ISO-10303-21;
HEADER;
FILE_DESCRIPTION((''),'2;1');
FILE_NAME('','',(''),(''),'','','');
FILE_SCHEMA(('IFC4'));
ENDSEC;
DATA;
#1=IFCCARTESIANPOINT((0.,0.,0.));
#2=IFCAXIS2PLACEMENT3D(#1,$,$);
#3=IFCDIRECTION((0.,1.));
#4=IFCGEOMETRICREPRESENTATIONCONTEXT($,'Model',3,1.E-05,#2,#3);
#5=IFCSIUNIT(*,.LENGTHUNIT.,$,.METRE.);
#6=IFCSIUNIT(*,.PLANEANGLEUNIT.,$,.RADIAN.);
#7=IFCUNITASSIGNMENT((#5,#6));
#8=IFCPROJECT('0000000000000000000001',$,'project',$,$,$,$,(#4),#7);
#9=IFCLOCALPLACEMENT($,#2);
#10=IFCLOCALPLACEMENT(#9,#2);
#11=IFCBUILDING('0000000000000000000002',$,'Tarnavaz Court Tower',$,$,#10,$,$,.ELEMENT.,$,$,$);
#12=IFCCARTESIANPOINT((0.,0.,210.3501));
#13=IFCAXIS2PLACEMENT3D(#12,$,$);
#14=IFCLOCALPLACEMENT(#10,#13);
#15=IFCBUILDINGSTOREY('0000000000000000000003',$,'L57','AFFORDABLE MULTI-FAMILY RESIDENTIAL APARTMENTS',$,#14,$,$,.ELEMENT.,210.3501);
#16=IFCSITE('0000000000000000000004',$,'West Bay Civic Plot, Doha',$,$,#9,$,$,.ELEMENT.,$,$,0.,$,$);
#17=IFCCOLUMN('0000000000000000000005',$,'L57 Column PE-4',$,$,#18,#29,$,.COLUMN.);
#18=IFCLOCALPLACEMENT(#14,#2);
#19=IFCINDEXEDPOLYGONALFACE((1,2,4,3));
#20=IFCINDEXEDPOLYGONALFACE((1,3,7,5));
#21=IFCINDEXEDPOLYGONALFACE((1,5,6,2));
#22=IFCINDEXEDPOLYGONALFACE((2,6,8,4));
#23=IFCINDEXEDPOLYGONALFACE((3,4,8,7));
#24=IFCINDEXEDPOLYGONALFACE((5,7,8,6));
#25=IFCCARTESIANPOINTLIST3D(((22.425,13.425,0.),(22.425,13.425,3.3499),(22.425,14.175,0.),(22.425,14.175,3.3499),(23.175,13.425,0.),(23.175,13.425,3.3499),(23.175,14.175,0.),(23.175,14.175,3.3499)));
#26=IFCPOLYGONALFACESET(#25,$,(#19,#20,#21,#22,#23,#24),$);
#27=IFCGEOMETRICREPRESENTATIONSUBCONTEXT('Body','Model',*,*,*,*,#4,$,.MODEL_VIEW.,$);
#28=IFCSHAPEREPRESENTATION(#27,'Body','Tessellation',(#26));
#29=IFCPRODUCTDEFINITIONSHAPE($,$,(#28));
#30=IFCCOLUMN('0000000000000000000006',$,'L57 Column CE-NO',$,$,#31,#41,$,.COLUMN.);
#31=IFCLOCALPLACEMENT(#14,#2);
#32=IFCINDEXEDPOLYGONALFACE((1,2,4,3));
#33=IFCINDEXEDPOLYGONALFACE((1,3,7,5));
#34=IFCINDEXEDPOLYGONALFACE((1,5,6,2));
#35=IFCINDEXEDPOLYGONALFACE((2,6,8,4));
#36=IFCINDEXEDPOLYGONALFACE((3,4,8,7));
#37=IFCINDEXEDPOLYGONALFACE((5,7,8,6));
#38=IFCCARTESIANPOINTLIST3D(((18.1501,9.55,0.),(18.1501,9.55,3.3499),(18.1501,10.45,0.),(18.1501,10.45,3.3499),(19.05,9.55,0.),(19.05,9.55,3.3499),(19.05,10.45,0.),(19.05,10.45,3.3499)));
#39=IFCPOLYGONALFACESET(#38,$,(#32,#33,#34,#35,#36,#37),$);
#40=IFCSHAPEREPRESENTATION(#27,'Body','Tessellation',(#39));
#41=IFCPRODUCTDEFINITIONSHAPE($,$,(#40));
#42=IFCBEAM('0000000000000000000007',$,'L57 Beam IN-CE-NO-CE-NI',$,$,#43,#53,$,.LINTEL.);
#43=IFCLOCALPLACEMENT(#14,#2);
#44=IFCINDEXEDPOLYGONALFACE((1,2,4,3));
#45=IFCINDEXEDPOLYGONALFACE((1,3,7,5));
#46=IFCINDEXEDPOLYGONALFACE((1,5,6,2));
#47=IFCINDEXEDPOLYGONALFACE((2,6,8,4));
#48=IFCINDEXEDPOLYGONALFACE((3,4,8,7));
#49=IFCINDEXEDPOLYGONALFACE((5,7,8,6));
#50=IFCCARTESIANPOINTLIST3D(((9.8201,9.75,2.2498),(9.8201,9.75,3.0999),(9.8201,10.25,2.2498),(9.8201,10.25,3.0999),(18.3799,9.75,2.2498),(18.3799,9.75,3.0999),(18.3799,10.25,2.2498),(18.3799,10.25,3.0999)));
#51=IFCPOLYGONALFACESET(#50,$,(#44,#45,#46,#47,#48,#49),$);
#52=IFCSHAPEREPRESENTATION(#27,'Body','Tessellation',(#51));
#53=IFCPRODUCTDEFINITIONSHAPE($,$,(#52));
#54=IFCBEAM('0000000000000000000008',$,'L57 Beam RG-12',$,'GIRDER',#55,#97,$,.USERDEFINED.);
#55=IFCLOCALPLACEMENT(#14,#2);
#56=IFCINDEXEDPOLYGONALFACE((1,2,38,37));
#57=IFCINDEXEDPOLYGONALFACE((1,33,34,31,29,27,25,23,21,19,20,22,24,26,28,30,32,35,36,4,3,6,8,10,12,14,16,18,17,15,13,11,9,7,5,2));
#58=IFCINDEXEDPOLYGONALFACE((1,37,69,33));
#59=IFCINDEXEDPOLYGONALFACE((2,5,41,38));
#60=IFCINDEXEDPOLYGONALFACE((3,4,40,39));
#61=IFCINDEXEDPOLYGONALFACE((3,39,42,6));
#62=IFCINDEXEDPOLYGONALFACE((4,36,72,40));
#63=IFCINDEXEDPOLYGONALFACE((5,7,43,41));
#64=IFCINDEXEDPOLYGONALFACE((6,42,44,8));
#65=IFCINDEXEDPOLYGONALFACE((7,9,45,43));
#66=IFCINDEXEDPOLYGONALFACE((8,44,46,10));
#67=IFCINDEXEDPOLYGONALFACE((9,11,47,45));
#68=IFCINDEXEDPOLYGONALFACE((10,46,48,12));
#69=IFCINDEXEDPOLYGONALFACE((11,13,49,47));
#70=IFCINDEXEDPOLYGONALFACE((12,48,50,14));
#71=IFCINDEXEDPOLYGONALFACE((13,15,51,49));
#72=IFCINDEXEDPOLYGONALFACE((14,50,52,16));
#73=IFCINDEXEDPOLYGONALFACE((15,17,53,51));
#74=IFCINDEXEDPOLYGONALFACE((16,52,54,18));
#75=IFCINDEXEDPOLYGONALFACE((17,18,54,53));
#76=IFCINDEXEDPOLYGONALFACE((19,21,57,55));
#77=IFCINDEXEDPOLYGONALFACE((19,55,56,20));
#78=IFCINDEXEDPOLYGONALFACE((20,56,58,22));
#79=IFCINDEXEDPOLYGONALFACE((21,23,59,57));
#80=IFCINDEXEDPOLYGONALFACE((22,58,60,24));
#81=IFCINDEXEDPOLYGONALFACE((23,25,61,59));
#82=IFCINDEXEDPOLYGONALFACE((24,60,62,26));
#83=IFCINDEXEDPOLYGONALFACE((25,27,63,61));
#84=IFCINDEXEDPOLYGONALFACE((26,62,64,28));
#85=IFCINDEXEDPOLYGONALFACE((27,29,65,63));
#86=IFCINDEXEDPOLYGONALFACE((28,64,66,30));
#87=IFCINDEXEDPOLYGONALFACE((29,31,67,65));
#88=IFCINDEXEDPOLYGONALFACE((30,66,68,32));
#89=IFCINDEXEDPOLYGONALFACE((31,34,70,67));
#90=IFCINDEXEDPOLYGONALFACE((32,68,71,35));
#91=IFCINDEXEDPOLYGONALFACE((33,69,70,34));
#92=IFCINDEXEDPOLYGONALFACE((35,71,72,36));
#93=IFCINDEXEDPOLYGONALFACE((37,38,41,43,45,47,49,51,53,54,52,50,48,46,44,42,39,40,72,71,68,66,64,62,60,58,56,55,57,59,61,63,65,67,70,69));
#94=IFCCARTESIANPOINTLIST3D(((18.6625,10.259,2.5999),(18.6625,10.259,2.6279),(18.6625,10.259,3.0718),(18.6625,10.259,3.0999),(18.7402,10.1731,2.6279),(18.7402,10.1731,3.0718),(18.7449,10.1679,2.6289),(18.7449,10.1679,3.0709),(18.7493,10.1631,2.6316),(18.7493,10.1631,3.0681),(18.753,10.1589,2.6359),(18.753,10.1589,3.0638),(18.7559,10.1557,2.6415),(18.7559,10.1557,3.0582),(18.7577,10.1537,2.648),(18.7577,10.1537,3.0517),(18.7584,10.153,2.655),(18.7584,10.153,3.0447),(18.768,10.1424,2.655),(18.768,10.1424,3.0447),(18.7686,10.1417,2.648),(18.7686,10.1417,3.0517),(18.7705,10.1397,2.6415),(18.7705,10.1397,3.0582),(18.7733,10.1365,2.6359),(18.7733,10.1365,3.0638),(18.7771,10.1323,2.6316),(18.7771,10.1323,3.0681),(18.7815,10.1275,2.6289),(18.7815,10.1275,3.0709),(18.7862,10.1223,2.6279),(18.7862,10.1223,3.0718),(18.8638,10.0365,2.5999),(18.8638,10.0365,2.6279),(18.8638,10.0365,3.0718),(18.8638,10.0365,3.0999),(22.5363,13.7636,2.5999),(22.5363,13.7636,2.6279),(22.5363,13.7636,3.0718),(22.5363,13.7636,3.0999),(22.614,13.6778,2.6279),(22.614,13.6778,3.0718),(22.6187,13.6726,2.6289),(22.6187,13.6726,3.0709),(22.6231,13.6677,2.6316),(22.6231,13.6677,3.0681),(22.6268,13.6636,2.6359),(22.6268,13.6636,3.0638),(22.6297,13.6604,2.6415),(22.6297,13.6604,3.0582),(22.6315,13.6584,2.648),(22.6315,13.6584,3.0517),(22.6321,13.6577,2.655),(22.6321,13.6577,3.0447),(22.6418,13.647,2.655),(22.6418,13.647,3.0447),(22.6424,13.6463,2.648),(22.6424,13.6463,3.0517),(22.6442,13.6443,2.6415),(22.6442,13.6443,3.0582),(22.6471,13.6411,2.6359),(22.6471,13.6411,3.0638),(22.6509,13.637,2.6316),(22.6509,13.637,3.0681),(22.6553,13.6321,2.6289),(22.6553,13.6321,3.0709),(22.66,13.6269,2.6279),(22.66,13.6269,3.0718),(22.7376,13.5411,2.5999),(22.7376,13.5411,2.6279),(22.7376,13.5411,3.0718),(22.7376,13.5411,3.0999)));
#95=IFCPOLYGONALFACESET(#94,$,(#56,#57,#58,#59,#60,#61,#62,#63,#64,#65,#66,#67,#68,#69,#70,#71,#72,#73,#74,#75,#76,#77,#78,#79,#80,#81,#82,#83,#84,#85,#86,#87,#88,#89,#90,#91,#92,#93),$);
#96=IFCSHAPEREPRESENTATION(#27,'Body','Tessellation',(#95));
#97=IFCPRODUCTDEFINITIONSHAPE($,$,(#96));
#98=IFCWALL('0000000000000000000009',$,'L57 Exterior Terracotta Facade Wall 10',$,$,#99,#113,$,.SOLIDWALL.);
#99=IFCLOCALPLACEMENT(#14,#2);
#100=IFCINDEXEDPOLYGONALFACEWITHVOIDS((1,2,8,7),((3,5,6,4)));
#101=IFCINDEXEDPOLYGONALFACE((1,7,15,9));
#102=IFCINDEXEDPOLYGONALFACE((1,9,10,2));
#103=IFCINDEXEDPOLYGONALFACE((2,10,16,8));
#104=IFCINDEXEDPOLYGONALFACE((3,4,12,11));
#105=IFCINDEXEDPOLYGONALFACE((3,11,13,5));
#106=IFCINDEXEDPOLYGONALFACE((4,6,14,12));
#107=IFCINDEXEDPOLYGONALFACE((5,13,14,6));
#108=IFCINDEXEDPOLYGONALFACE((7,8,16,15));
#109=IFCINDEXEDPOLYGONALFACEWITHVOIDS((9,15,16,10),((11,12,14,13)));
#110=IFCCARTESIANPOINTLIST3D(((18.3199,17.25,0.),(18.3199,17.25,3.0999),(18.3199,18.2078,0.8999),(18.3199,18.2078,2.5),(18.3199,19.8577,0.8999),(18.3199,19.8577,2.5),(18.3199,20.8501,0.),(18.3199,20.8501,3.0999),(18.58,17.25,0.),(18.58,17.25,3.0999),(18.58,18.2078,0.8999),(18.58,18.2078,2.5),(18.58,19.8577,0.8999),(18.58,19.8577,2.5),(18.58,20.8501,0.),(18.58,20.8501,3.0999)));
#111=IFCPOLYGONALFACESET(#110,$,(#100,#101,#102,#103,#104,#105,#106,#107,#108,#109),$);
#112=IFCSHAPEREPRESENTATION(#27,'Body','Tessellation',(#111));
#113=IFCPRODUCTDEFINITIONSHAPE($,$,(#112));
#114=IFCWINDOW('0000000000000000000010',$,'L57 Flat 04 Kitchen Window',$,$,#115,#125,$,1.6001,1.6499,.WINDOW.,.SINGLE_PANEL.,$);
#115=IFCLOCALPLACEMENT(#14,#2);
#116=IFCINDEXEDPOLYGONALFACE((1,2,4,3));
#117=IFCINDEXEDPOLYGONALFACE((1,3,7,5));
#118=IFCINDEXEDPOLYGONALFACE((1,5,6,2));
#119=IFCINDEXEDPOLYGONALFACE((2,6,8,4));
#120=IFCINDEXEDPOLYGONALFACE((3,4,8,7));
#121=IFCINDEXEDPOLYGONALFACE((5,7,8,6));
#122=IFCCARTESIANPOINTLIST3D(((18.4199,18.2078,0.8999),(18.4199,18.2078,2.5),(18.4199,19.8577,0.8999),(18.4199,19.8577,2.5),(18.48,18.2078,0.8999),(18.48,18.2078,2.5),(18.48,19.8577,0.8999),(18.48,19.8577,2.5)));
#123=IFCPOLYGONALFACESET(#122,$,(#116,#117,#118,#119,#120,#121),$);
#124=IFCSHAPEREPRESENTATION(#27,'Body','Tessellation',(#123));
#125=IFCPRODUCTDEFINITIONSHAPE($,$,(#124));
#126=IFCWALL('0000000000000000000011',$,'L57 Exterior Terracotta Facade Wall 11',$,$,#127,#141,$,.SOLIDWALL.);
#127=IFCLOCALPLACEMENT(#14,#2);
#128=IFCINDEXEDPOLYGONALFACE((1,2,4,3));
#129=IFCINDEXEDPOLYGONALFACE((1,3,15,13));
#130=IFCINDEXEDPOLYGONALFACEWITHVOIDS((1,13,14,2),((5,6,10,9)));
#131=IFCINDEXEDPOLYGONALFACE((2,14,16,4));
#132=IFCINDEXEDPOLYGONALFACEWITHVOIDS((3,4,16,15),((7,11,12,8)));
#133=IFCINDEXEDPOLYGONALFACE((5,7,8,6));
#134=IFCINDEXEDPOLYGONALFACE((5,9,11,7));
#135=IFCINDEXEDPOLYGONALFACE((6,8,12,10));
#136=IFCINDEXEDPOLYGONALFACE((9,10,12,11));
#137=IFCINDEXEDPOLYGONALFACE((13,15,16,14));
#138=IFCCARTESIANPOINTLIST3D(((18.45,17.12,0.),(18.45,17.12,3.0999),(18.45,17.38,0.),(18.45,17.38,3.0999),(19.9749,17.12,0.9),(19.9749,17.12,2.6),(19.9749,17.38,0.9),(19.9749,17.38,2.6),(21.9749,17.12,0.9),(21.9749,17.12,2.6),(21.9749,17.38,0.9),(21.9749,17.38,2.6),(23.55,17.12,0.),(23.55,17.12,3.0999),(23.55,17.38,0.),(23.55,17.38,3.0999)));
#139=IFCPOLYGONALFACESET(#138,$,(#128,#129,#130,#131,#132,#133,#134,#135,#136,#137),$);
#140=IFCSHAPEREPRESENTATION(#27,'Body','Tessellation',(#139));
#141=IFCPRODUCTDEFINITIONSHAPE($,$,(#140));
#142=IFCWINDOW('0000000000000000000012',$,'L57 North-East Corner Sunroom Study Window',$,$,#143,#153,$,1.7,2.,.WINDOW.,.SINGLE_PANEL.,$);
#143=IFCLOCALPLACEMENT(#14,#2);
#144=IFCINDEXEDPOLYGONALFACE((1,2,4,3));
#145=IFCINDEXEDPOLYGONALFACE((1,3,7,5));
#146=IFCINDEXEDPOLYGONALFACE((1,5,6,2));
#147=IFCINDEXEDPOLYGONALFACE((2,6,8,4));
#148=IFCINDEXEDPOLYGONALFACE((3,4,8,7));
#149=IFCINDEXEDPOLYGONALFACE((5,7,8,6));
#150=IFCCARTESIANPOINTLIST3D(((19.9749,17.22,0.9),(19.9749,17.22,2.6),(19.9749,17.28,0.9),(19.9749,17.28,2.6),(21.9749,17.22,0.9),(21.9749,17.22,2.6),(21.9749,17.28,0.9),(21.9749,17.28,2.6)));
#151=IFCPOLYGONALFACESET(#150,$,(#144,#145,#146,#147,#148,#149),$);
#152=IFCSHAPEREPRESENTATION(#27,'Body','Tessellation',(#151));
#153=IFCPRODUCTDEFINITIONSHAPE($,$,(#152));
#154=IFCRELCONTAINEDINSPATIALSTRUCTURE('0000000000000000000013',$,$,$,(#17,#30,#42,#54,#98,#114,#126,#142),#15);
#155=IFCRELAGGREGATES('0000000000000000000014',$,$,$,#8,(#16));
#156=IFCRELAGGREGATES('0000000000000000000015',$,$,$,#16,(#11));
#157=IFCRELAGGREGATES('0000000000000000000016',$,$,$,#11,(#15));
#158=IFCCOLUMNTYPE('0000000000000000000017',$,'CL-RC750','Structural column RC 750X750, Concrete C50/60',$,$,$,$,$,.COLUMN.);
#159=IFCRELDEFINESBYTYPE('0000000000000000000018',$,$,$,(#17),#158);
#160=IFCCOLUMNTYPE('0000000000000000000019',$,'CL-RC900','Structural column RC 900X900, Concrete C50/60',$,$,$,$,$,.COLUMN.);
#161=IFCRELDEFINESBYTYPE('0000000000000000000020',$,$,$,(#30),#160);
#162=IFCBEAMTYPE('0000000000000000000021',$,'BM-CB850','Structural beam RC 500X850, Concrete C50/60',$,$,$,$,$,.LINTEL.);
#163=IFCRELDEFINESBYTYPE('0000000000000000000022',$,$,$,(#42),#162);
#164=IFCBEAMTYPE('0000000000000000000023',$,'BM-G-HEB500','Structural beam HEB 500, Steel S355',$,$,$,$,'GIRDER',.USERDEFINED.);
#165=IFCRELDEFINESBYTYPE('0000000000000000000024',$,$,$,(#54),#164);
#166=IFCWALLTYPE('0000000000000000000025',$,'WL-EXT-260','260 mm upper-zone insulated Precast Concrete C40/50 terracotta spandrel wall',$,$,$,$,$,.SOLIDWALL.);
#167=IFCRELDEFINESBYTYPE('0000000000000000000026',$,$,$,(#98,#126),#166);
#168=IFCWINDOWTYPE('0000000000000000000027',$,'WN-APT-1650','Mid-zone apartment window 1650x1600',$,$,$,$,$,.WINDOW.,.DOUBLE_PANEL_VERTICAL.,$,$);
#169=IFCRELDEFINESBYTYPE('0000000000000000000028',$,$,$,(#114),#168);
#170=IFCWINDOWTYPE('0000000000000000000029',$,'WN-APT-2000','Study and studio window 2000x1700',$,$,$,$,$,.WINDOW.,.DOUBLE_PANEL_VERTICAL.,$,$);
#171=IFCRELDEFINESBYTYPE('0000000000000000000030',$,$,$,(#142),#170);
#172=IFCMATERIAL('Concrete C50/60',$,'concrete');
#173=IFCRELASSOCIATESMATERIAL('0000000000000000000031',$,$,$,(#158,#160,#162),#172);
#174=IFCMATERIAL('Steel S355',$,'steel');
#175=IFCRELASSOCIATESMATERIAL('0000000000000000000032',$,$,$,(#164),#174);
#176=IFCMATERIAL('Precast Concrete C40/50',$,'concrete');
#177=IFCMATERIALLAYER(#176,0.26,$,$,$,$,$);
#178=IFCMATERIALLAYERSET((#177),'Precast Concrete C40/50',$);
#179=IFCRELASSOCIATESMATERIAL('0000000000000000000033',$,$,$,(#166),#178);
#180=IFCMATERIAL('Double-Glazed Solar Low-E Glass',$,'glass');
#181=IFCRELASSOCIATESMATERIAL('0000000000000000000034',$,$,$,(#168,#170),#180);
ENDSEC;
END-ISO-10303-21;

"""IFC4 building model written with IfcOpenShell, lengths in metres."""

from ifc_helpers import new_model, si_unit, direction, frame, frame_2d, origin, origin_2d, place, context, subcontext, project, spatial, rectangle, i_section, extrude, material, layer, layer_set, material_profile, profile_set, type_object, element, fill, save


model = new_model("IFC4")

# Units and contexts
model_context = context("Model", 3, precision=1e-05, world=origin(), true_north=direction((0.0, 1.0)))
body_context = subcontext(model_context, "Body", "Model", "MODEL_VIEW")
ifc_project = project(units=[si_unit("LENGTHUNIT", "METRE"), si_unit("PLANEANGLEUNIT", "RADIAN")], contexts=[model_context])

# Site, building, storey
site_placement = place(None, origin())
site = spatial("IfcSite", under=ifc_project, at=site_placement, Name="West Bay Civic Plot, Doha", CompositionType="ELEMENT", RefElevation=0.0)
building_placement = place(site_placement, origin())
building = spatial("IfcBuilding", under=site, at=building_placement, Name="Tarnavaz Court Tower", CompositionType="ELEMENT")
storey_placement = place(building_placement, frame((0.0, 0.0, 210.3501)))
storey = spatial("IfcBuildingStorey", under=building, at=storey_placement, Name="L57", Description="AFFORDABLE MULTI-FAMILY RESIDENTIAL APARTMENTS", CompositionType="ELEMENT", Elevation=210.3501)

# Columns
ifc_material_1 = material(Name="Concrete C50/60", Category="concrete")
ifc_material_profile_1 = material_profile(ifc_material_1, rectangle(XDim=0.75, YDim=0.75, at=origin_2d()), Name="RC 750X750")
ifc_profile_set_1 = profile_set([ifc_material_profile_1], Name="Concrete C50/60")
column_type_1 = type_object("IfcColumnType", Name="CL-RC750", Description="Structural column RC 750X750, Concrete C50/60", PredefinedType="COLUMN", material=ifc_profile_set_1)
column_1_placement = place(storey_placement, frame((22.8, 13.8, 0.0), z_axis=(0.0, 0.0, 1.0), x_axis=(1.0, 0.0, 0.0)))
element("IfcColumn", 1, at=column_1_placement, inside=storey, type_object=column_type_1, Name="L57 Column PE-4", PredefinedType="COLUMN", context=body_context, shape_type="SweptSolid", body=[
    extrude(rectangle(XDim=0.75, YDim=0.75, at=origin_2d()), origin(), (0.0, 0.0, 1.0), 3.3499),
])
ifc_material_profile_2 = material_profile(ifc_material_1, rectangle(XDim=0.8999, YDim=0.8999, at=origin_2d()), Name="RC 900X900")
ifc_profile_set_2 = profile_set([ifc_material_profile_2], Name="Concrete C50/60")
column_type_2 = type_object("IfcColumnType", Name="CL-RC900", Description="Structural column RC 900X900, Concrete C50/60", PredefinedType="COLUMN", material=ifc_profile_set_2)
column_2_placement = place(storey_placement, frame((18.6001, 10.0, 0.0), z_axis=(0.0, 0.0, 1.0), x_axis=(1.0, 0.0, 0.0)))
element("IfcColumn", 2, at=column_2_placement, inside=storey, type_object=column_type_2, Name="L57 Column CE-NO", PredefinedType="COLUMN", context=body_context, shape_type="SweptSolid", body=[
    extrude(rectangle(XDim=0.8999, YDim=0.8999, at=origin_2d()), origin(), (0.0, 0.0, 1.0), 3.3499),
])

# Beams
ifc_material_profile_3 = material_profile(ifc_material_1, rectangle(XDim=0.5, YDim=0.8501, at=origin_2d()), Name="RC 500X850")
ifc_profile_set_3 = profile_set([ifc_material_profile_3], Name="Concrete C50/60")
beam_type_1 = type_object("IfcBeamType", Name="BM-CB850", Description="Structural beam RC 500X850, Concrete C50/60", PredefinedType="LINTEL", material=ifc_profile_set_3)
beam_1_placement = place(storey_placement, frame((18.3799, 10.0, 2.6748), z_axis=(-1.0, 0.0, 0.0), x_axis=(0.0, -1.0, 0.0)))
element("IfcBeam", 3, at=beam_1_placement, inside=storey, type_object=beam_type_1, Name="L57 Beam IN-CE-NO-CE-NI", PredefinedType="LINTEL", context=body_context, shape_type="SweptSolid", body=[
    extrude(rectangle(XDim=0.5, YDim=0.8501, at=origin_2d()), origin(), (0.0, 0.0, 1.0), 8.5598),
])
ifc_material_2 = material(Name="Steel S355", Category="steel")
ifc_material_profile_4 = material_profile(ifc_material_2, i_section(OverallWidth=0.3, OverallDepth=0.5, WebThickness=0.0144, FlangeThickness=0.0281, FilletRadius=0.0271, at=origin_2d()), Name="HEB 500")
ifc_profile_set_4 = profile_set([ifc_material_profile_4], Name="Steel S355")
beam_type_2 = type_object("IfcBeamType", Name="BM-G-HEB500", Description="Structural beam HEB 500, Steel S355", ElementType="GIRDER", PredefinedType="USERDEFINED", material=ifc_profile_set_4)
beam_2_placement = place(storey_placement, frame((18.7632, 10.1477, 2.8499), z_axis=(0.741556, 0.670891, 0.0), x_axis=(-0.670891, 0.741556, 0.0)))
element("IfcBeam", 4, at=beam_2_placement, inside=storey, type_object=beam_type_2, Name="L57 Beam RG-12", ObjectType="GIRDER", PredefinedType="USERDEFINED", context=body_context, shape_type="SweptSolid", body=[
    extrude(i_section(OverallWidth=0.3, OverallDepth=0.5, WebThickness=0.0144, FlangeThickness=0.0281, FilletRadius=0.0271, at=origin_2d()), origin(), (0.0, 0.0, 1.0), 5.2239),
])

# Walls, openings, windows
ifc_material_3 = material(Name="Precast Concrete C40/50", Category="concrete")
ifc_layer_1 = layer(ifc_material_3, 0.26)
ifc_layer_set_1 = layer_set([ifc_layer_1], Name="Precast Concrete C40/50")
wall_type_1 = type_object("IfcWallType", Name="WL-EXT-260", Description="260 mm upper-zone insulated Precast Concrete C40/50 terracotta spandrel wall", PredefinedType="SOLIDWALL", material=ifc_layer_set_1)
wall_1_placement = place(storey_placement, frame((18.45, 20.8501, 0.0), z_axis=(0.0, 0.0, 1.0), x_axis=(0.0, -1.0, 0.0)))
wall_1 = element("IfcWall", 5, at=wall_1_placement, inside=storey, type_object=wall_type_1, Name="L57 Exterior Terracotta Facade Wall 10", PredefinedType="SOLIDWALL", context=body_context, shape_type="SweptSolid", body=[
    extrude(rectangle(XDim=3.6001, YDim=0.26, at=frame_2d((1.8, 0.0))), origin(), (0.0, 0.0, 1.0), 3.0999),
])
opening_1_placement = place(wall_1_placement, frame((0.9924, 0.0, 0.8999)))
opening_1 = element("IfcOpeningElement", 6, at=opening_1_placement, cuts=wall_1, PredefinedType="OPENING", context=body_context, shape_type="SweptSolid", body=[
    extrude(rectangle(XDim=1.6499, YDim=1.6001, at=frame_2d((0.825, 0.8))), frame((0.0, 0.1399, 0.0), z_axis=(0.0, -1.0, 0.0), x_axis=(1.0, 0.0, 0.0)), (0.0, 0.0, 1.0), 0.28),
])
ifc_material_4 = material(Name="Double-Glazed Solar Low-E Glass", Category="glass")
window_type_1 = type_object("IfcWindowType", Name="WN-APT-1650", Description="Mid-zone apartment window 1650x1600", PartitioningType="DOUBLE_PANEL_VERTICAL", PredefinedType="WINDOW", material=ifc_material_4)
window_1_placement = place(opening_1_placement, origin())
window_1 = element("IfcWindow", 7, at=window_1_placement, inside=storey, type_object=window_type_1, Name="L57 Flat 04 Kitchen Window", OverallHeight=1.6001, OverallWidth=1.6499, PartitioningType="SINGLE_PANEL", PredefinedType="WINDOW", context=body_context, shape_type="SweptSolid", body=[
    extrude(rectangle(XDim=1.6499, YDim=1.6001, at=frame_2d((0.825, 0.8))), frame((0.0, 0.03, 0.0), z_axis=(0.0, -1.0, 0.0), x_axis=(1.0, 0.0, 0.0)), (0.0, 0.0, 1.0), 0.0601),
])
fill(opening_1, window_1)
wall_2_placement = place(storey_placement, frame((18.45, 17.25, 0.0), z_axis=(0.0, 0.0, 1.0), x_axis=(1.0, 0.0, 0.0)))
wall_2 = element("IfcWall", 8, at=wall_2_placement, inside=storey, type_object=wall_type_1, Name="L57 Exterior Terracotta Facade Wall 11", PredefinedType="SOLIDWALL", context=body_context, shape_type="SweptSolid", body=[
    extrude(rectangle(XDim=5.1001, YDim=0.26, at=frame_2d((2.55, 0.0))), origin(), (0.0, 0.0, 1.0), 3.0999),
])
opening_2_placement = place(wall_2_placement, frame((1.5249, 0.0, 0.8999)))
opening_2 = element("IfcOpeningElement", 9, at=opening_2_placement, cuts=wall_2, PredefinedType="OPENING", context=body_context, shape_type="SweptSolid", body=[
    extrude(rectangle(XDim=2.0, YDim=1.7, at=frame_2d((1.0, 0.8501))), frame((0.0, 0.1399, 0.0), z_axis=(0.0, -1.0, 0.0), x_axis=(1.0, 0.0, 0.0)), (0.0, 0.0, 1.0), 0.28),
])
window_type_2 = type_object("IfcWindowType", Name="WN-APT-2000", Description="Study and studio window 2000x1700", PartitioningType="DOUBLE_PANEL_VERTICAL", PredefinedType="WINDOW", material=ifc_material_4)
window_2_placement = place(opening_2_placement, origin())
window_2 = element("IfcWindow", 10, at=window_2_placement, inside=storey, type_object=window_type_2, Name="L57 North-East Corner Sunroom Study Window", OverallHeight=1.7, OverallWidth=2.0, PartitioningType="SINGLE_PANEL", PredefinedType="WINDOW", context=body_context, shape_type="SweptSolid", body=[
    extrude(rectangle(XDim=2.0, YDim=1.7, at=frame_2d((1.0, 0.8501))), frame((0.0, 0.03, 0.0), z_axis=(0.0, -1.0, 0.0), x_axis=(1.0, 0.0, 0.0)), (0.0, 0.0, 1.0), 0.0601),
])
fill(opening_2, window_2)

save(model, "model.ifc")
